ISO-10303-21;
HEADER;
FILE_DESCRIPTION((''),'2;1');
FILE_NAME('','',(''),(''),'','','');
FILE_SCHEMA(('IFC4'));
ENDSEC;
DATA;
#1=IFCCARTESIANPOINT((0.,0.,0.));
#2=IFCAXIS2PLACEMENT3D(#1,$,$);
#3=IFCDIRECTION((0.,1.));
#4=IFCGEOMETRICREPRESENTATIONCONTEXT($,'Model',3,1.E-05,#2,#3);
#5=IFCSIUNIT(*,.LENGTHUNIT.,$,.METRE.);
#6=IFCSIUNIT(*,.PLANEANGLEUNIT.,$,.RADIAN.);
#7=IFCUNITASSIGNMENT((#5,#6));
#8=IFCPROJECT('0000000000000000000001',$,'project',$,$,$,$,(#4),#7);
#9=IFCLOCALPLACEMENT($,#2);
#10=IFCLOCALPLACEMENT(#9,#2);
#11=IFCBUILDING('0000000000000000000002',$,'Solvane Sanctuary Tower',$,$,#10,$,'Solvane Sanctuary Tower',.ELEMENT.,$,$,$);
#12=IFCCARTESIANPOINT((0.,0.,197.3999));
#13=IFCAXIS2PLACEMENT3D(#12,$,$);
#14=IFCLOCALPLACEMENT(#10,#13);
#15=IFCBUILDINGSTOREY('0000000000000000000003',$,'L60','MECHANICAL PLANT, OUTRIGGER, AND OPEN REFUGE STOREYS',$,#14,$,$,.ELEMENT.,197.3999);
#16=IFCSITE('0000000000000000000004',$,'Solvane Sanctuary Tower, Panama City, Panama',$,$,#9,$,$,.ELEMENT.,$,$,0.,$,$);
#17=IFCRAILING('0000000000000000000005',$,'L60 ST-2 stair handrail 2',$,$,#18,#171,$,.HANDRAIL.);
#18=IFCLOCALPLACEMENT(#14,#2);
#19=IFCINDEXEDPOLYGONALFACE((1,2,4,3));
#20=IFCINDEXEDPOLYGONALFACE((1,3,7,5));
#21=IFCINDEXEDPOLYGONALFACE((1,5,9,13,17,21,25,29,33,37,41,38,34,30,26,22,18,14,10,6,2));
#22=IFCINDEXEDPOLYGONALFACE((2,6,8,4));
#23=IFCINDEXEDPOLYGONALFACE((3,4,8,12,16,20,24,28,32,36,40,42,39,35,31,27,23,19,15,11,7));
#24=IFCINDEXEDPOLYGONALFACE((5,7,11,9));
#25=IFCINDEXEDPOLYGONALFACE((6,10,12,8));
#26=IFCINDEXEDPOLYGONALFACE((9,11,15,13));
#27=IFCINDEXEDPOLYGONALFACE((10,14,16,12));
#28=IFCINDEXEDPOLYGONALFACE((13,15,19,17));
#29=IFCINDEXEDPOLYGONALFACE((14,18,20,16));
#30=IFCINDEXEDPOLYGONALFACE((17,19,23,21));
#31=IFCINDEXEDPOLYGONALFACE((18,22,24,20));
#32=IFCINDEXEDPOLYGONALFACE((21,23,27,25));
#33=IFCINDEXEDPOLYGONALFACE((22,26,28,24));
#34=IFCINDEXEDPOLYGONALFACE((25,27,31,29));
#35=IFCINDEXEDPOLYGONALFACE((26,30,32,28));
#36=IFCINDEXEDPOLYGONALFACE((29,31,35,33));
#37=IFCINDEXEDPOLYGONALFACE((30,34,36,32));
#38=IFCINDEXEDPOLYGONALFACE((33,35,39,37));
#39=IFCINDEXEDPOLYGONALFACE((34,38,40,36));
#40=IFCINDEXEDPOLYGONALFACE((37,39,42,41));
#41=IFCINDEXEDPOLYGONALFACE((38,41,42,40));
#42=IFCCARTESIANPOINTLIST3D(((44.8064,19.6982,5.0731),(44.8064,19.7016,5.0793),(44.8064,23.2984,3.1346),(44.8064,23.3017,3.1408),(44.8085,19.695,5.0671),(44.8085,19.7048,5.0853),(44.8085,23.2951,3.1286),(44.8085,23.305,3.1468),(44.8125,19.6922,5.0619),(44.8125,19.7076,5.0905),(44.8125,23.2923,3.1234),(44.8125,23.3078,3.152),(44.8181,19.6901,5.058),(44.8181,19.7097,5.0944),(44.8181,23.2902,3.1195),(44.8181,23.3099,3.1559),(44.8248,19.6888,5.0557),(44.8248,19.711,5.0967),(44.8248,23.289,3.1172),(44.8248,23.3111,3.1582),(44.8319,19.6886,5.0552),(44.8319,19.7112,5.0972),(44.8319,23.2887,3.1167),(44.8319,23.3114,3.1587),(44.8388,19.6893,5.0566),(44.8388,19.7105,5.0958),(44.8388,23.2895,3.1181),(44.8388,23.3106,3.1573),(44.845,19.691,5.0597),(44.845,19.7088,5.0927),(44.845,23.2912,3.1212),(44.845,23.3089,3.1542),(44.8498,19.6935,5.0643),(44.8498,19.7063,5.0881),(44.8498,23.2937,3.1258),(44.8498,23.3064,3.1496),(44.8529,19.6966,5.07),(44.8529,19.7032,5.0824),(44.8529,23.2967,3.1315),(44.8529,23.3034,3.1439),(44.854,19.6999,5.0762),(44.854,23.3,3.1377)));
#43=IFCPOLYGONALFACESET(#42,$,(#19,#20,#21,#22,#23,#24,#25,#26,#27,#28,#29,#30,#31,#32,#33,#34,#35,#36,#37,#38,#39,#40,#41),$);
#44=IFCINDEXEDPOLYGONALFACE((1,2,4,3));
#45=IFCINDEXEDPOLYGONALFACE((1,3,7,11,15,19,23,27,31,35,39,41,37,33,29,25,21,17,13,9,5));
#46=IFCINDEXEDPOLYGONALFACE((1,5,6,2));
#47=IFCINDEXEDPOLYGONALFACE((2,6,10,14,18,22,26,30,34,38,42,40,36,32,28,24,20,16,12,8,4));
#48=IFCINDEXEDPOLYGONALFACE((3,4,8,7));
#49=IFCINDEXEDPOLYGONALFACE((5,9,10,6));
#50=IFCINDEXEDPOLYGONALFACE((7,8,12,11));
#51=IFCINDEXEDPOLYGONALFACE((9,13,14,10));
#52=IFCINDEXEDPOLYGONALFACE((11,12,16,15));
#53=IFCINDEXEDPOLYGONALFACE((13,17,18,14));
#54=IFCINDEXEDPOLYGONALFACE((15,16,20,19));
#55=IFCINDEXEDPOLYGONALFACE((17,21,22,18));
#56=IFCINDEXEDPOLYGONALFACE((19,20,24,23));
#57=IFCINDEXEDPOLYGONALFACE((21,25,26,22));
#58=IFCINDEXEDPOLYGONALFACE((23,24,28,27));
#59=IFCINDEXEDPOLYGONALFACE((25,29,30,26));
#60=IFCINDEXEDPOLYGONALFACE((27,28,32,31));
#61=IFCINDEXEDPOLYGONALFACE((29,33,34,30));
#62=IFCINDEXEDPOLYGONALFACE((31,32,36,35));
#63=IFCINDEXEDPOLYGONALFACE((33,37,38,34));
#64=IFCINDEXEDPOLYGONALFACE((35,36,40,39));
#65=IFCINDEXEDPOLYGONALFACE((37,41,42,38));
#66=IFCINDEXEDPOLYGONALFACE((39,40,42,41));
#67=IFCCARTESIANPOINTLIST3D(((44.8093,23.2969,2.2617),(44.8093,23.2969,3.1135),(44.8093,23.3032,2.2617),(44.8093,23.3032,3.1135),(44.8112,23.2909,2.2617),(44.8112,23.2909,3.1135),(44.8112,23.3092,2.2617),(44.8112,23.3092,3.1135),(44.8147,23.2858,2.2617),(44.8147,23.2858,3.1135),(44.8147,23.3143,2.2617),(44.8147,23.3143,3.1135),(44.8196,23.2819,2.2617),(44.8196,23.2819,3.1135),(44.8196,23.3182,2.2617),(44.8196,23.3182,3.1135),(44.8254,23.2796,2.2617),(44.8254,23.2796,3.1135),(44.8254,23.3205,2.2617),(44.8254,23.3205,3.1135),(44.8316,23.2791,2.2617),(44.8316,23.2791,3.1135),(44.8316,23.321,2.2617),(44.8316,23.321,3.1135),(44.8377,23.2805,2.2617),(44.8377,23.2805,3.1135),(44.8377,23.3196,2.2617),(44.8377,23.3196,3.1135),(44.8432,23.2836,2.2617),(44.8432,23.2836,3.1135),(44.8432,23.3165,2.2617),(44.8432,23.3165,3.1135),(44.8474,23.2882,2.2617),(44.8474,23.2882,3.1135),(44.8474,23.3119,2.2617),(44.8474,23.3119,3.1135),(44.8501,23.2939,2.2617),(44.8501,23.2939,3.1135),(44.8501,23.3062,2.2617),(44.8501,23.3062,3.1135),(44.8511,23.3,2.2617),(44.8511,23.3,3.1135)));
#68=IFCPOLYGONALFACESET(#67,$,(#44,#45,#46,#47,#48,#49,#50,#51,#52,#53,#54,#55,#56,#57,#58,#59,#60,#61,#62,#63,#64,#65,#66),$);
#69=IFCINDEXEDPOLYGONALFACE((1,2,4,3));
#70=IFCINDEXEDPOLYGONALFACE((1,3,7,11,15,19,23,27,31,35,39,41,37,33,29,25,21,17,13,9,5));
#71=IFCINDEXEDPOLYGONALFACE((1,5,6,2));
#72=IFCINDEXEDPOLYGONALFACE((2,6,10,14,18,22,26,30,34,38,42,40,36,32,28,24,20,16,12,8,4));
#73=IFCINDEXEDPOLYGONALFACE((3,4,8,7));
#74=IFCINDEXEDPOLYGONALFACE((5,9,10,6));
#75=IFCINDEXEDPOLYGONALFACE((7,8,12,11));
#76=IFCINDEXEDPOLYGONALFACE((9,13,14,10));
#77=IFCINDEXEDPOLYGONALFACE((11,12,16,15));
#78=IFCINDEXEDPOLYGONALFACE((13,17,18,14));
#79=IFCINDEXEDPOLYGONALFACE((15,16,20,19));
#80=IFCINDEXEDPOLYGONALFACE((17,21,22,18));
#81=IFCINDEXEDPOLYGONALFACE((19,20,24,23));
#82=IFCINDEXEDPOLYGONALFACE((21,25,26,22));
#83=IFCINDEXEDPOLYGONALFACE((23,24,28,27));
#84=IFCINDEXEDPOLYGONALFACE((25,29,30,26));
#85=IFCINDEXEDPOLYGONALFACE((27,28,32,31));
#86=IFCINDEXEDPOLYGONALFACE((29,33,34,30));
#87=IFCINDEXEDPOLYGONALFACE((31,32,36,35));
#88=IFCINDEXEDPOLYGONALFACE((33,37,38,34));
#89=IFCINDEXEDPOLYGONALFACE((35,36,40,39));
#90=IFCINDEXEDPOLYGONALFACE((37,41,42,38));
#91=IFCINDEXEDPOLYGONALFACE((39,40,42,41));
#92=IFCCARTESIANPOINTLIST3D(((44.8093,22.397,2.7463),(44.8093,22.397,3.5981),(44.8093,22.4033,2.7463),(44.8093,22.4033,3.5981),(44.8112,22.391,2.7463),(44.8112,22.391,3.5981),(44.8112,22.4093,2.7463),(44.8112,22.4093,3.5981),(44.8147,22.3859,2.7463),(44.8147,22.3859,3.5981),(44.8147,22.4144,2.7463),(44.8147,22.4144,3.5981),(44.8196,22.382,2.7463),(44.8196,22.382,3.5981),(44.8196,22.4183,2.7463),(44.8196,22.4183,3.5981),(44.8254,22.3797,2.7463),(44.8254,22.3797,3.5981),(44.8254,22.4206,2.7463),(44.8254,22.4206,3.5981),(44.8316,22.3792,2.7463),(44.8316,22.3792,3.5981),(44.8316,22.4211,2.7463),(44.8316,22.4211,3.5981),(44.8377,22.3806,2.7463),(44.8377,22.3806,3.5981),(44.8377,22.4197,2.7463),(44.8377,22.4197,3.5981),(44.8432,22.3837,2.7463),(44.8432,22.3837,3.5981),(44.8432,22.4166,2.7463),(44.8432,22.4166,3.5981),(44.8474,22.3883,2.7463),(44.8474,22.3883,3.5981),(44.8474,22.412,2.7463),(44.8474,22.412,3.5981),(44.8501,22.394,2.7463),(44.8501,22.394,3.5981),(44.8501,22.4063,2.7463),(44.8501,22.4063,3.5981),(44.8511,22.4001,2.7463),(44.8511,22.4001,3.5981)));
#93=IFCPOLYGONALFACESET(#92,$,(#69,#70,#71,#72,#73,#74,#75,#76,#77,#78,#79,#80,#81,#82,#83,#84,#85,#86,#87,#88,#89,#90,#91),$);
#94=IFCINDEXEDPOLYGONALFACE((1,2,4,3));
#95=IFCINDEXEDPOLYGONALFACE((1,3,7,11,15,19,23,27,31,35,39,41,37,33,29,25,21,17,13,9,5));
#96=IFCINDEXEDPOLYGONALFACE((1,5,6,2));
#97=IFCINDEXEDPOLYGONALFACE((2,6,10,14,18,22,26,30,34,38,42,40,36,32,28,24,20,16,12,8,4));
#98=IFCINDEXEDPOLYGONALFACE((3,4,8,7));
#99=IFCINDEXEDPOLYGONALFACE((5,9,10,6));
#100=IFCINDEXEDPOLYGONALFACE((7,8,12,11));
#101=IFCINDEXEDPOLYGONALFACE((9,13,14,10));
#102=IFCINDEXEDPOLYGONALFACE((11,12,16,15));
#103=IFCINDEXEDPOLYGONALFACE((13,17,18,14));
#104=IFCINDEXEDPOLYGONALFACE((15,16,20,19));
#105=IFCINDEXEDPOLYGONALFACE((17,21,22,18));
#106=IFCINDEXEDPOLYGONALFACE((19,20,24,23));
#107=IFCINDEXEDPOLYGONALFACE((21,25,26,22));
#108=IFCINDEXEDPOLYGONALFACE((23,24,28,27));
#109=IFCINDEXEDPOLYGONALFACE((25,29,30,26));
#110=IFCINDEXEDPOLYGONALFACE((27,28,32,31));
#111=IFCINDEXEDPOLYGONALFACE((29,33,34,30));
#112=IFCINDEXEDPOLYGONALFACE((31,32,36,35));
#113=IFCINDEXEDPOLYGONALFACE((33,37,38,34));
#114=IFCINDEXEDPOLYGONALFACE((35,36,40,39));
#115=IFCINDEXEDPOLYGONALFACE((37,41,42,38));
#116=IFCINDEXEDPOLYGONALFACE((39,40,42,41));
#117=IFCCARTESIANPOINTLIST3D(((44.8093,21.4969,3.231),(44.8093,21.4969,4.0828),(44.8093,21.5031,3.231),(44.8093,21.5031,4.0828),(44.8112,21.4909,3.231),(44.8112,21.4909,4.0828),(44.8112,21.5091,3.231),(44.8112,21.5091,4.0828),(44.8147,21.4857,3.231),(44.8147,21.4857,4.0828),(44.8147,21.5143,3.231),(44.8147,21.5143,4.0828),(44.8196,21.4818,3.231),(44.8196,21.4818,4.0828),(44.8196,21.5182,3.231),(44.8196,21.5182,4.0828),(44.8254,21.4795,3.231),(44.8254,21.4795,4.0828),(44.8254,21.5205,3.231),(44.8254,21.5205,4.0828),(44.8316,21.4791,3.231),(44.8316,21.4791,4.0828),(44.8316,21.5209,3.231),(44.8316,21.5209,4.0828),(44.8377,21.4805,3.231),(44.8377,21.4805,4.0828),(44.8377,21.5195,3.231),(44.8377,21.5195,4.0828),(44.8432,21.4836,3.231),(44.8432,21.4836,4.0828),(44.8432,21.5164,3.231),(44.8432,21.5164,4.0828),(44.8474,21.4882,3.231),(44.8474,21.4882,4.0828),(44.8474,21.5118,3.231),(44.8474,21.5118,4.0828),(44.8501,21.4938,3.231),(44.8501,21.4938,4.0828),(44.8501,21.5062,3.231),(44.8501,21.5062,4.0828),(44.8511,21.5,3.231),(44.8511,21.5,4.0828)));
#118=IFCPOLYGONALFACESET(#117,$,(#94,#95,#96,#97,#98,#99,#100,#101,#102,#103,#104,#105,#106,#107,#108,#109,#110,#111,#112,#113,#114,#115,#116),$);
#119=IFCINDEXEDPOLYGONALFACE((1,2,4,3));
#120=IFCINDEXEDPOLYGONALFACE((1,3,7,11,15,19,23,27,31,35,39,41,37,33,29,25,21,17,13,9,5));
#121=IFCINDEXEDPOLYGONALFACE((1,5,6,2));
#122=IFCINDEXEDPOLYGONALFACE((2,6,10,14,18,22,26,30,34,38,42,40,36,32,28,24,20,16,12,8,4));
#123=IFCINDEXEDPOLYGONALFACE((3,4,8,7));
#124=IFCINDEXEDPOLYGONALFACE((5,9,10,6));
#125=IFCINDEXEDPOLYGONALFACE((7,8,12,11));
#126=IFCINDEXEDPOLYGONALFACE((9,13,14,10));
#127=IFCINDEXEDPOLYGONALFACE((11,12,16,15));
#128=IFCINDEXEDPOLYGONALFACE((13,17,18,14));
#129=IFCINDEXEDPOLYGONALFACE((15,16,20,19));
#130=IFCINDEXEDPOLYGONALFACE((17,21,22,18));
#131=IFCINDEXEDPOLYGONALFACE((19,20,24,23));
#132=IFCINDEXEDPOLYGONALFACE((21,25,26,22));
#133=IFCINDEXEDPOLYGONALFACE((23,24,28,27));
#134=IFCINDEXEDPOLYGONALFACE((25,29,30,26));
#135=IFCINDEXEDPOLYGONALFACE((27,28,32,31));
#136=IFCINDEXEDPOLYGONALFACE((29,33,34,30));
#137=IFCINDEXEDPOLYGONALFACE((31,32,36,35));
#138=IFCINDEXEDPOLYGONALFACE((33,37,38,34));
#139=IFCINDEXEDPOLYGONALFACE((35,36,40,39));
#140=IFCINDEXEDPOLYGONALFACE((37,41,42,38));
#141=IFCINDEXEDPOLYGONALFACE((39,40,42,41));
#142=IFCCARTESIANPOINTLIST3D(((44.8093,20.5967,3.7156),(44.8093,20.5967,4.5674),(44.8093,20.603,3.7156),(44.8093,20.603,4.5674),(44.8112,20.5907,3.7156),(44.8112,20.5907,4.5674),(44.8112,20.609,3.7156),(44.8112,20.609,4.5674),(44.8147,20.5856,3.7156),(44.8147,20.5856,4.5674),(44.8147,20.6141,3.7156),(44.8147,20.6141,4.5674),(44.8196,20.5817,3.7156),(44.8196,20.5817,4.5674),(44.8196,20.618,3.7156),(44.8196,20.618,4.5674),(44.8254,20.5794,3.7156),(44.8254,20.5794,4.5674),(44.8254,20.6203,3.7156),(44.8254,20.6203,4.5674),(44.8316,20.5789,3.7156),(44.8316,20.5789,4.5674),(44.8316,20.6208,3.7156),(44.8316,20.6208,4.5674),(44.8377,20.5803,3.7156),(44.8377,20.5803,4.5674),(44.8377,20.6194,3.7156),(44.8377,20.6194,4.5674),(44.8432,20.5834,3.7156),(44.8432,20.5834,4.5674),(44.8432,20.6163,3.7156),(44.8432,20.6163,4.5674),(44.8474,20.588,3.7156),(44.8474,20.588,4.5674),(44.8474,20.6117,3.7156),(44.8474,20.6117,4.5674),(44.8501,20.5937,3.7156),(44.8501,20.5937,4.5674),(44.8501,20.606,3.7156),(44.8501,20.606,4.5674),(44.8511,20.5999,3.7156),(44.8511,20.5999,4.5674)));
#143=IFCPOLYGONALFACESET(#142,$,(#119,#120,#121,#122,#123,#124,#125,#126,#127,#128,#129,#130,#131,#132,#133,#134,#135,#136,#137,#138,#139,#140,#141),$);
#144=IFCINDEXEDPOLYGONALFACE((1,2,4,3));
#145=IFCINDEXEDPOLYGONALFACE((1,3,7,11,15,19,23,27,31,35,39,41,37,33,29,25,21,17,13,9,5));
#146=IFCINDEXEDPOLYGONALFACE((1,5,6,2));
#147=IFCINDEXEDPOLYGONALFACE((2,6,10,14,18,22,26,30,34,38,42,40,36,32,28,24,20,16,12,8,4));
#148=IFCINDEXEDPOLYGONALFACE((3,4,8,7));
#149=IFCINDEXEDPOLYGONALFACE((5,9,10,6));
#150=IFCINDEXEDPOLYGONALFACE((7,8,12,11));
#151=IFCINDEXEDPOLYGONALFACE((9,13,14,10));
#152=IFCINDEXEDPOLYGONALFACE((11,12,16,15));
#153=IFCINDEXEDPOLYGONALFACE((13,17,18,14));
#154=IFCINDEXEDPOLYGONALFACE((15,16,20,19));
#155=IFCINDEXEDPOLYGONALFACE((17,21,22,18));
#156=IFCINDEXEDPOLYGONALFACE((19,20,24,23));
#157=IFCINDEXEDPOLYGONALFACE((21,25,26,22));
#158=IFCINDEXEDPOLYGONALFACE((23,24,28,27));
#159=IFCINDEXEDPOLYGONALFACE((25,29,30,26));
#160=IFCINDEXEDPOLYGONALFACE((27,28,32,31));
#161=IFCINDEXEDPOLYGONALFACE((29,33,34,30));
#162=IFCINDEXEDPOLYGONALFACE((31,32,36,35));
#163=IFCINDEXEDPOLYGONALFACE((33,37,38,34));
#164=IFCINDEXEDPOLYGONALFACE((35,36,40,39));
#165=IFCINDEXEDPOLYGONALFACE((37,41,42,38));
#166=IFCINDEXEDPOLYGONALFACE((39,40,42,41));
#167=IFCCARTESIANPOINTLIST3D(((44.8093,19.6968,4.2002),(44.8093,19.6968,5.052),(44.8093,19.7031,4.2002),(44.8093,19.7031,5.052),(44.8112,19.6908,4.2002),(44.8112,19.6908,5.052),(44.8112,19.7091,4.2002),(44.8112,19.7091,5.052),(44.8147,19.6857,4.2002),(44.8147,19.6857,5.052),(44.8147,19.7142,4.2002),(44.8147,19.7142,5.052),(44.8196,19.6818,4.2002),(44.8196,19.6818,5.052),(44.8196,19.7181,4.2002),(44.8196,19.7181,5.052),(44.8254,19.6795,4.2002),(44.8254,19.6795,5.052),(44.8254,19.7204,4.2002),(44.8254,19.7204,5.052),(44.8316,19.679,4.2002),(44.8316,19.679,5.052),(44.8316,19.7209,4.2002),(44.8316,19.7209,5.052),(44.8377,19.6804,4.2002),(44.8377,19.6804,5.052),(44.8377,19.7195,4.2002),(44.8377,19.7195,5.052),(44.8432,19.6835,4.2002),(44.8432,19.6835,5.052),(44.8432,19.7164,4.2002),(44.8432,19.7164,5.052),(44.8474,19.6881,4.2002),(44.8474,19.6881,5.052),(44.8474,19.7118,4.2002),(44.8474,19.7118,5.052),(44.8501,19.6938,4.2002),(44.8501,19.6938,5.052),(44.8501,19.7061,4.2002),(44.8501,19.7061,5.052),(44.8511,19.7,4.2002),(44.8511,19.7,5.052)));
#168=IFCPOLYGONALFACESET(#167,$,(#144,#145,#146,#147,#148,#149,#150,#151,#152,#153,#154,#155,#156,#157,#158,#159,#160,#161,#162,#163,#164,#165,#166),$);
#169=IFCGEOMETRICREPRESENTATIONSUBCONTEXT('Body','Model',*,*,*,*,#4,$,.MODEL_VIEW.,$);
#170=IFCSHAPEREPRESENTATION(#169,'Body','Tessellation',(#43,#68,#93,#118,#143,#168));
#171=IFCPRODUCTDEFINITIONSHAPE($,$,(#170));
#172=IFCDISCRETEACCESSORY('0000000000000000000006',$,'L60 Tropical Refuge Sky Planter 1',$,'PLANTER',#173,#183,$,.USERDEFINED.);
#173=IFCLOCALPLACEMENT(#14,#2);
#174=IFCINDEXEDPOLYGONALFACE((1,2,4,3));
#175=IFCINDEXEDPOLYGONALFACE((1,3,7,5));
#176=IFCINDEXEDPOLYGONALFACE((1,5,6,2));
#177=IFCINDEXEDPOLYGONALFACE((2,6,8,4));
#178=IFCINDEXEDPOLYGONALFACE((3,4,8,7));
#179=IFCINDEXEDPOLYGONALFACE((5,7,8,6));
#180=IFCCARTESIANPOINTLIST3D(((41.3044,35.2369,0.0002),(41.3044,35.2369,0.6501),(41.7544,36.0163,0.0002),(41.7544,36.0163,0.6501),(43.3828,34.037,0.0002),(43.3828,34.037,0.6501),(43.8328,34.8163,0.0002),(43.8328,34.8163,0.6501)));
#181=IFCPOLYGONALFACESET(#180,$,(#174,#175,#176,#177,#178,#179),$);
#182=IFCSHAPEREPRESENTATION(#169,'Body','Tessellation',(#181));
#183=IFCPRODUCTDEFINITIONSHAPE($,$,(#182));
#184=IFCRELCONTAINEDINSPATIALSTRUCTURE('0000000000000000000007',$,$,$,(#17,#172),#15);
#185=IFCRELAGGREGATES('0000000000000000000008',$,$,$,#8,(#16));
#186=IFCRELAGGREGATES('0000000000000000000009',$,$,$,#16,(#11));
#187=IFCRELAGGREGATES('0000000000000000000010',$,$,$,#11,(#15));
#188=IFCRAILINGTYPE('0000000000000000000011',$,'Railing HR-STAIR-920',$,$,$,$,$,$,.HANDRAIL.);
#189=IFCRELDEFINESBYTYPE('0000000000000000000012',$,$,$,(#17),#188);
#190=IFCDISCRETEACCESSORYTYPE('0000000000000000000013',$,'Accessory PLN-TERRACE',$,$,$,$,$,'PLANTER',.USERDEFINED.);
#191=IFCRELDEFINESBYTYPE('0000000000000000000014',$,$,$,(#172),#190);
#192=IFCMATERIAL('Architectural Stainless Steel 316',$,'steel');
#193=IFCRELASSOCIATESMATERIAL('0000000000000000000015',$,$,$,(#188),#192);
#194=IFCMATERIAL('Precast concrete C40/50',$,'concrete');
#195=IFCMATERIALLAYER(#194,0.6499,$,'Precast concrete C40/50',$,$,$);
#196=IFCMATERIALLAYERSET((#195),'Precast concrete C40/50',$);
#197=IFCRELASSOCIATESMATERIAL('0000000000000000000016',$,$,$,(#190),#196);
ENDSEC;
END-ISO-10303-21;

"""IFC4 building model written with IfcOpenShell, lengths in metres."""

from ifc_helpers import new_model, si_unit, direction, frame, origin, origin_2d, place, context, subcontext, project, spatial, rectangle, circle, extrude, material, layer, layer_set, type_object, element, save


model = new_model("IFC4")

# Units and contexts
model_context = context("Model", 3, precision=1e-05, world=origin(), true_north=direction((0.0, 1.0)))
body_context = subcontext(model_context, "Body", "Model", "MODEL_VIEW")
ifc_project = project(units=[si_unit("LENGTHUNIT", "METRE"), si_unit("PLANEANGLEUNIT", "RADIAN")], contexts=[model_context])

# Site, building, storey
site_placement = place(None, origin())
site = spatial("IfcSite", under=ifc_project, at=site_placement, Name="Solvane Sanctuary Tower, Panama City, Panama", CompositionType="ELEMENT", RefElevation=0.0)
building_placement = place(site_placement, origin())
building = spatial("IfcBuilding", under=site, at=building_placement, Name="Solvane Sanctuary Tower", LongName="Solvane Sanctuary Tower", CompositionType="ELEMENT")
storey_placement = place(building_placement, frame((0.0, 0.0, 197.3999)))
storey = spatial("IfcBuildingStorey", under=building, at=storey_placement, Name="L60", Description="MECHANICAL PLANT, OUTRIGGER, AND OPEN REFUGE STOREYS", CompositionType="ELEMENT", Elevation=197.3999)

# Shared definitions
ifc_material_1 = material(Name="Architectural Stainless Steel 316", Category="steel")

# Railing
railing_type_1 = type_object("IfcRailingType", Name="Railing HR-STAIR-920", PredefinedType="HANDRAIL", material=ifc_material_1)
railing_1_placement = place(storey_placement, frame((44.8301, 23.3, 2.2617)))
element("IfcRailing", 1, at=railing_1_placement, inside=storey, type_object=railing_type_1, Name="L60 ST-2 stair handrail 2", PredefinedType="HANDRAIL", context=body_context, shape_type="SweptSolid", body=[
    extrude(circle(Radius=0.0239, at=origin_2d()), frame((0.0, 0.0, 0.876), z_axis=(0.0, -0.880475, 0.474093), x_axis=(1.0, 0.0, 0.0)), (0.0, 0.0, 1.0), 4.0889),
    extrude(circle(Radius=0.021, at=origin_2d()), origin(), (0.0, 0.0, 1.0), 0.8518),
    extrude(circle(Radius=0.021, at=origin_2d()), frame((0.0, -0.8999, 0.4846)), (0.0, 0.0, 1.0), 0.8518),
    extrude(circle(Radius=0.021, at=origin_2d()), frame((0.0, -1.8, 0.9692)), (0.0, 0.0, 1.0), 0.8518),
    extrude(circle(Radius=0.021, at=origin_2d()), frame((0.0, -2.7002, 1.4539)), (0.0, 0.0, 1.0), 0.8518),
    extrude(circle(Radius=0.021, at=origin_2d()), frame((0.0, -3.6001, 1.9385)), (0.0, 0.0, 1.0), 0.8518),
])

# Discrete accessory
ifc_material_2 = material(Name="Precast concrete C40/50", Category="concrete")
ifc_layer_1 = layer(ifc_material_2, 0.6499, Name="Precast concrete C40/50")
ifc_layer_set_1 = layer_set([ifc_layer_1], Name="Precast concrete C40/50")
discrete_accessory_type = type_object("IfcDiscreteAccessoryType", Name="Accessory PLN-TERRACE", ElementType="PLANTER", PredefinedType="USERDEFINED", material=ifc_layer_set_1)
discrete_accessory_placement = place(storey_placement, frame((42.5686, 35.0266, 0.0002), z_axis=(0.0, 0.0, 1.0), x_axis=(-0.866025, 0.5, 0.0)))
element("IfcDiscreteAccessory", 2, at=discrete_accessory_placement, inside=storey, type_object=discrete_accessory_type, Name="L60 Tropical Refuge Sky Planter 1", ObjectType="PLANTER", PredefinedType="USERDEFINED", context=body_context, shape_type="SweptSolid", body=[
    extrude(rectangle(XDim=2.3999, YDim=0.8999, at=origin_2d()), origin(), (0.0, 0.0, 1.0), 0.6499),
])

save(model, "model.ifc")
